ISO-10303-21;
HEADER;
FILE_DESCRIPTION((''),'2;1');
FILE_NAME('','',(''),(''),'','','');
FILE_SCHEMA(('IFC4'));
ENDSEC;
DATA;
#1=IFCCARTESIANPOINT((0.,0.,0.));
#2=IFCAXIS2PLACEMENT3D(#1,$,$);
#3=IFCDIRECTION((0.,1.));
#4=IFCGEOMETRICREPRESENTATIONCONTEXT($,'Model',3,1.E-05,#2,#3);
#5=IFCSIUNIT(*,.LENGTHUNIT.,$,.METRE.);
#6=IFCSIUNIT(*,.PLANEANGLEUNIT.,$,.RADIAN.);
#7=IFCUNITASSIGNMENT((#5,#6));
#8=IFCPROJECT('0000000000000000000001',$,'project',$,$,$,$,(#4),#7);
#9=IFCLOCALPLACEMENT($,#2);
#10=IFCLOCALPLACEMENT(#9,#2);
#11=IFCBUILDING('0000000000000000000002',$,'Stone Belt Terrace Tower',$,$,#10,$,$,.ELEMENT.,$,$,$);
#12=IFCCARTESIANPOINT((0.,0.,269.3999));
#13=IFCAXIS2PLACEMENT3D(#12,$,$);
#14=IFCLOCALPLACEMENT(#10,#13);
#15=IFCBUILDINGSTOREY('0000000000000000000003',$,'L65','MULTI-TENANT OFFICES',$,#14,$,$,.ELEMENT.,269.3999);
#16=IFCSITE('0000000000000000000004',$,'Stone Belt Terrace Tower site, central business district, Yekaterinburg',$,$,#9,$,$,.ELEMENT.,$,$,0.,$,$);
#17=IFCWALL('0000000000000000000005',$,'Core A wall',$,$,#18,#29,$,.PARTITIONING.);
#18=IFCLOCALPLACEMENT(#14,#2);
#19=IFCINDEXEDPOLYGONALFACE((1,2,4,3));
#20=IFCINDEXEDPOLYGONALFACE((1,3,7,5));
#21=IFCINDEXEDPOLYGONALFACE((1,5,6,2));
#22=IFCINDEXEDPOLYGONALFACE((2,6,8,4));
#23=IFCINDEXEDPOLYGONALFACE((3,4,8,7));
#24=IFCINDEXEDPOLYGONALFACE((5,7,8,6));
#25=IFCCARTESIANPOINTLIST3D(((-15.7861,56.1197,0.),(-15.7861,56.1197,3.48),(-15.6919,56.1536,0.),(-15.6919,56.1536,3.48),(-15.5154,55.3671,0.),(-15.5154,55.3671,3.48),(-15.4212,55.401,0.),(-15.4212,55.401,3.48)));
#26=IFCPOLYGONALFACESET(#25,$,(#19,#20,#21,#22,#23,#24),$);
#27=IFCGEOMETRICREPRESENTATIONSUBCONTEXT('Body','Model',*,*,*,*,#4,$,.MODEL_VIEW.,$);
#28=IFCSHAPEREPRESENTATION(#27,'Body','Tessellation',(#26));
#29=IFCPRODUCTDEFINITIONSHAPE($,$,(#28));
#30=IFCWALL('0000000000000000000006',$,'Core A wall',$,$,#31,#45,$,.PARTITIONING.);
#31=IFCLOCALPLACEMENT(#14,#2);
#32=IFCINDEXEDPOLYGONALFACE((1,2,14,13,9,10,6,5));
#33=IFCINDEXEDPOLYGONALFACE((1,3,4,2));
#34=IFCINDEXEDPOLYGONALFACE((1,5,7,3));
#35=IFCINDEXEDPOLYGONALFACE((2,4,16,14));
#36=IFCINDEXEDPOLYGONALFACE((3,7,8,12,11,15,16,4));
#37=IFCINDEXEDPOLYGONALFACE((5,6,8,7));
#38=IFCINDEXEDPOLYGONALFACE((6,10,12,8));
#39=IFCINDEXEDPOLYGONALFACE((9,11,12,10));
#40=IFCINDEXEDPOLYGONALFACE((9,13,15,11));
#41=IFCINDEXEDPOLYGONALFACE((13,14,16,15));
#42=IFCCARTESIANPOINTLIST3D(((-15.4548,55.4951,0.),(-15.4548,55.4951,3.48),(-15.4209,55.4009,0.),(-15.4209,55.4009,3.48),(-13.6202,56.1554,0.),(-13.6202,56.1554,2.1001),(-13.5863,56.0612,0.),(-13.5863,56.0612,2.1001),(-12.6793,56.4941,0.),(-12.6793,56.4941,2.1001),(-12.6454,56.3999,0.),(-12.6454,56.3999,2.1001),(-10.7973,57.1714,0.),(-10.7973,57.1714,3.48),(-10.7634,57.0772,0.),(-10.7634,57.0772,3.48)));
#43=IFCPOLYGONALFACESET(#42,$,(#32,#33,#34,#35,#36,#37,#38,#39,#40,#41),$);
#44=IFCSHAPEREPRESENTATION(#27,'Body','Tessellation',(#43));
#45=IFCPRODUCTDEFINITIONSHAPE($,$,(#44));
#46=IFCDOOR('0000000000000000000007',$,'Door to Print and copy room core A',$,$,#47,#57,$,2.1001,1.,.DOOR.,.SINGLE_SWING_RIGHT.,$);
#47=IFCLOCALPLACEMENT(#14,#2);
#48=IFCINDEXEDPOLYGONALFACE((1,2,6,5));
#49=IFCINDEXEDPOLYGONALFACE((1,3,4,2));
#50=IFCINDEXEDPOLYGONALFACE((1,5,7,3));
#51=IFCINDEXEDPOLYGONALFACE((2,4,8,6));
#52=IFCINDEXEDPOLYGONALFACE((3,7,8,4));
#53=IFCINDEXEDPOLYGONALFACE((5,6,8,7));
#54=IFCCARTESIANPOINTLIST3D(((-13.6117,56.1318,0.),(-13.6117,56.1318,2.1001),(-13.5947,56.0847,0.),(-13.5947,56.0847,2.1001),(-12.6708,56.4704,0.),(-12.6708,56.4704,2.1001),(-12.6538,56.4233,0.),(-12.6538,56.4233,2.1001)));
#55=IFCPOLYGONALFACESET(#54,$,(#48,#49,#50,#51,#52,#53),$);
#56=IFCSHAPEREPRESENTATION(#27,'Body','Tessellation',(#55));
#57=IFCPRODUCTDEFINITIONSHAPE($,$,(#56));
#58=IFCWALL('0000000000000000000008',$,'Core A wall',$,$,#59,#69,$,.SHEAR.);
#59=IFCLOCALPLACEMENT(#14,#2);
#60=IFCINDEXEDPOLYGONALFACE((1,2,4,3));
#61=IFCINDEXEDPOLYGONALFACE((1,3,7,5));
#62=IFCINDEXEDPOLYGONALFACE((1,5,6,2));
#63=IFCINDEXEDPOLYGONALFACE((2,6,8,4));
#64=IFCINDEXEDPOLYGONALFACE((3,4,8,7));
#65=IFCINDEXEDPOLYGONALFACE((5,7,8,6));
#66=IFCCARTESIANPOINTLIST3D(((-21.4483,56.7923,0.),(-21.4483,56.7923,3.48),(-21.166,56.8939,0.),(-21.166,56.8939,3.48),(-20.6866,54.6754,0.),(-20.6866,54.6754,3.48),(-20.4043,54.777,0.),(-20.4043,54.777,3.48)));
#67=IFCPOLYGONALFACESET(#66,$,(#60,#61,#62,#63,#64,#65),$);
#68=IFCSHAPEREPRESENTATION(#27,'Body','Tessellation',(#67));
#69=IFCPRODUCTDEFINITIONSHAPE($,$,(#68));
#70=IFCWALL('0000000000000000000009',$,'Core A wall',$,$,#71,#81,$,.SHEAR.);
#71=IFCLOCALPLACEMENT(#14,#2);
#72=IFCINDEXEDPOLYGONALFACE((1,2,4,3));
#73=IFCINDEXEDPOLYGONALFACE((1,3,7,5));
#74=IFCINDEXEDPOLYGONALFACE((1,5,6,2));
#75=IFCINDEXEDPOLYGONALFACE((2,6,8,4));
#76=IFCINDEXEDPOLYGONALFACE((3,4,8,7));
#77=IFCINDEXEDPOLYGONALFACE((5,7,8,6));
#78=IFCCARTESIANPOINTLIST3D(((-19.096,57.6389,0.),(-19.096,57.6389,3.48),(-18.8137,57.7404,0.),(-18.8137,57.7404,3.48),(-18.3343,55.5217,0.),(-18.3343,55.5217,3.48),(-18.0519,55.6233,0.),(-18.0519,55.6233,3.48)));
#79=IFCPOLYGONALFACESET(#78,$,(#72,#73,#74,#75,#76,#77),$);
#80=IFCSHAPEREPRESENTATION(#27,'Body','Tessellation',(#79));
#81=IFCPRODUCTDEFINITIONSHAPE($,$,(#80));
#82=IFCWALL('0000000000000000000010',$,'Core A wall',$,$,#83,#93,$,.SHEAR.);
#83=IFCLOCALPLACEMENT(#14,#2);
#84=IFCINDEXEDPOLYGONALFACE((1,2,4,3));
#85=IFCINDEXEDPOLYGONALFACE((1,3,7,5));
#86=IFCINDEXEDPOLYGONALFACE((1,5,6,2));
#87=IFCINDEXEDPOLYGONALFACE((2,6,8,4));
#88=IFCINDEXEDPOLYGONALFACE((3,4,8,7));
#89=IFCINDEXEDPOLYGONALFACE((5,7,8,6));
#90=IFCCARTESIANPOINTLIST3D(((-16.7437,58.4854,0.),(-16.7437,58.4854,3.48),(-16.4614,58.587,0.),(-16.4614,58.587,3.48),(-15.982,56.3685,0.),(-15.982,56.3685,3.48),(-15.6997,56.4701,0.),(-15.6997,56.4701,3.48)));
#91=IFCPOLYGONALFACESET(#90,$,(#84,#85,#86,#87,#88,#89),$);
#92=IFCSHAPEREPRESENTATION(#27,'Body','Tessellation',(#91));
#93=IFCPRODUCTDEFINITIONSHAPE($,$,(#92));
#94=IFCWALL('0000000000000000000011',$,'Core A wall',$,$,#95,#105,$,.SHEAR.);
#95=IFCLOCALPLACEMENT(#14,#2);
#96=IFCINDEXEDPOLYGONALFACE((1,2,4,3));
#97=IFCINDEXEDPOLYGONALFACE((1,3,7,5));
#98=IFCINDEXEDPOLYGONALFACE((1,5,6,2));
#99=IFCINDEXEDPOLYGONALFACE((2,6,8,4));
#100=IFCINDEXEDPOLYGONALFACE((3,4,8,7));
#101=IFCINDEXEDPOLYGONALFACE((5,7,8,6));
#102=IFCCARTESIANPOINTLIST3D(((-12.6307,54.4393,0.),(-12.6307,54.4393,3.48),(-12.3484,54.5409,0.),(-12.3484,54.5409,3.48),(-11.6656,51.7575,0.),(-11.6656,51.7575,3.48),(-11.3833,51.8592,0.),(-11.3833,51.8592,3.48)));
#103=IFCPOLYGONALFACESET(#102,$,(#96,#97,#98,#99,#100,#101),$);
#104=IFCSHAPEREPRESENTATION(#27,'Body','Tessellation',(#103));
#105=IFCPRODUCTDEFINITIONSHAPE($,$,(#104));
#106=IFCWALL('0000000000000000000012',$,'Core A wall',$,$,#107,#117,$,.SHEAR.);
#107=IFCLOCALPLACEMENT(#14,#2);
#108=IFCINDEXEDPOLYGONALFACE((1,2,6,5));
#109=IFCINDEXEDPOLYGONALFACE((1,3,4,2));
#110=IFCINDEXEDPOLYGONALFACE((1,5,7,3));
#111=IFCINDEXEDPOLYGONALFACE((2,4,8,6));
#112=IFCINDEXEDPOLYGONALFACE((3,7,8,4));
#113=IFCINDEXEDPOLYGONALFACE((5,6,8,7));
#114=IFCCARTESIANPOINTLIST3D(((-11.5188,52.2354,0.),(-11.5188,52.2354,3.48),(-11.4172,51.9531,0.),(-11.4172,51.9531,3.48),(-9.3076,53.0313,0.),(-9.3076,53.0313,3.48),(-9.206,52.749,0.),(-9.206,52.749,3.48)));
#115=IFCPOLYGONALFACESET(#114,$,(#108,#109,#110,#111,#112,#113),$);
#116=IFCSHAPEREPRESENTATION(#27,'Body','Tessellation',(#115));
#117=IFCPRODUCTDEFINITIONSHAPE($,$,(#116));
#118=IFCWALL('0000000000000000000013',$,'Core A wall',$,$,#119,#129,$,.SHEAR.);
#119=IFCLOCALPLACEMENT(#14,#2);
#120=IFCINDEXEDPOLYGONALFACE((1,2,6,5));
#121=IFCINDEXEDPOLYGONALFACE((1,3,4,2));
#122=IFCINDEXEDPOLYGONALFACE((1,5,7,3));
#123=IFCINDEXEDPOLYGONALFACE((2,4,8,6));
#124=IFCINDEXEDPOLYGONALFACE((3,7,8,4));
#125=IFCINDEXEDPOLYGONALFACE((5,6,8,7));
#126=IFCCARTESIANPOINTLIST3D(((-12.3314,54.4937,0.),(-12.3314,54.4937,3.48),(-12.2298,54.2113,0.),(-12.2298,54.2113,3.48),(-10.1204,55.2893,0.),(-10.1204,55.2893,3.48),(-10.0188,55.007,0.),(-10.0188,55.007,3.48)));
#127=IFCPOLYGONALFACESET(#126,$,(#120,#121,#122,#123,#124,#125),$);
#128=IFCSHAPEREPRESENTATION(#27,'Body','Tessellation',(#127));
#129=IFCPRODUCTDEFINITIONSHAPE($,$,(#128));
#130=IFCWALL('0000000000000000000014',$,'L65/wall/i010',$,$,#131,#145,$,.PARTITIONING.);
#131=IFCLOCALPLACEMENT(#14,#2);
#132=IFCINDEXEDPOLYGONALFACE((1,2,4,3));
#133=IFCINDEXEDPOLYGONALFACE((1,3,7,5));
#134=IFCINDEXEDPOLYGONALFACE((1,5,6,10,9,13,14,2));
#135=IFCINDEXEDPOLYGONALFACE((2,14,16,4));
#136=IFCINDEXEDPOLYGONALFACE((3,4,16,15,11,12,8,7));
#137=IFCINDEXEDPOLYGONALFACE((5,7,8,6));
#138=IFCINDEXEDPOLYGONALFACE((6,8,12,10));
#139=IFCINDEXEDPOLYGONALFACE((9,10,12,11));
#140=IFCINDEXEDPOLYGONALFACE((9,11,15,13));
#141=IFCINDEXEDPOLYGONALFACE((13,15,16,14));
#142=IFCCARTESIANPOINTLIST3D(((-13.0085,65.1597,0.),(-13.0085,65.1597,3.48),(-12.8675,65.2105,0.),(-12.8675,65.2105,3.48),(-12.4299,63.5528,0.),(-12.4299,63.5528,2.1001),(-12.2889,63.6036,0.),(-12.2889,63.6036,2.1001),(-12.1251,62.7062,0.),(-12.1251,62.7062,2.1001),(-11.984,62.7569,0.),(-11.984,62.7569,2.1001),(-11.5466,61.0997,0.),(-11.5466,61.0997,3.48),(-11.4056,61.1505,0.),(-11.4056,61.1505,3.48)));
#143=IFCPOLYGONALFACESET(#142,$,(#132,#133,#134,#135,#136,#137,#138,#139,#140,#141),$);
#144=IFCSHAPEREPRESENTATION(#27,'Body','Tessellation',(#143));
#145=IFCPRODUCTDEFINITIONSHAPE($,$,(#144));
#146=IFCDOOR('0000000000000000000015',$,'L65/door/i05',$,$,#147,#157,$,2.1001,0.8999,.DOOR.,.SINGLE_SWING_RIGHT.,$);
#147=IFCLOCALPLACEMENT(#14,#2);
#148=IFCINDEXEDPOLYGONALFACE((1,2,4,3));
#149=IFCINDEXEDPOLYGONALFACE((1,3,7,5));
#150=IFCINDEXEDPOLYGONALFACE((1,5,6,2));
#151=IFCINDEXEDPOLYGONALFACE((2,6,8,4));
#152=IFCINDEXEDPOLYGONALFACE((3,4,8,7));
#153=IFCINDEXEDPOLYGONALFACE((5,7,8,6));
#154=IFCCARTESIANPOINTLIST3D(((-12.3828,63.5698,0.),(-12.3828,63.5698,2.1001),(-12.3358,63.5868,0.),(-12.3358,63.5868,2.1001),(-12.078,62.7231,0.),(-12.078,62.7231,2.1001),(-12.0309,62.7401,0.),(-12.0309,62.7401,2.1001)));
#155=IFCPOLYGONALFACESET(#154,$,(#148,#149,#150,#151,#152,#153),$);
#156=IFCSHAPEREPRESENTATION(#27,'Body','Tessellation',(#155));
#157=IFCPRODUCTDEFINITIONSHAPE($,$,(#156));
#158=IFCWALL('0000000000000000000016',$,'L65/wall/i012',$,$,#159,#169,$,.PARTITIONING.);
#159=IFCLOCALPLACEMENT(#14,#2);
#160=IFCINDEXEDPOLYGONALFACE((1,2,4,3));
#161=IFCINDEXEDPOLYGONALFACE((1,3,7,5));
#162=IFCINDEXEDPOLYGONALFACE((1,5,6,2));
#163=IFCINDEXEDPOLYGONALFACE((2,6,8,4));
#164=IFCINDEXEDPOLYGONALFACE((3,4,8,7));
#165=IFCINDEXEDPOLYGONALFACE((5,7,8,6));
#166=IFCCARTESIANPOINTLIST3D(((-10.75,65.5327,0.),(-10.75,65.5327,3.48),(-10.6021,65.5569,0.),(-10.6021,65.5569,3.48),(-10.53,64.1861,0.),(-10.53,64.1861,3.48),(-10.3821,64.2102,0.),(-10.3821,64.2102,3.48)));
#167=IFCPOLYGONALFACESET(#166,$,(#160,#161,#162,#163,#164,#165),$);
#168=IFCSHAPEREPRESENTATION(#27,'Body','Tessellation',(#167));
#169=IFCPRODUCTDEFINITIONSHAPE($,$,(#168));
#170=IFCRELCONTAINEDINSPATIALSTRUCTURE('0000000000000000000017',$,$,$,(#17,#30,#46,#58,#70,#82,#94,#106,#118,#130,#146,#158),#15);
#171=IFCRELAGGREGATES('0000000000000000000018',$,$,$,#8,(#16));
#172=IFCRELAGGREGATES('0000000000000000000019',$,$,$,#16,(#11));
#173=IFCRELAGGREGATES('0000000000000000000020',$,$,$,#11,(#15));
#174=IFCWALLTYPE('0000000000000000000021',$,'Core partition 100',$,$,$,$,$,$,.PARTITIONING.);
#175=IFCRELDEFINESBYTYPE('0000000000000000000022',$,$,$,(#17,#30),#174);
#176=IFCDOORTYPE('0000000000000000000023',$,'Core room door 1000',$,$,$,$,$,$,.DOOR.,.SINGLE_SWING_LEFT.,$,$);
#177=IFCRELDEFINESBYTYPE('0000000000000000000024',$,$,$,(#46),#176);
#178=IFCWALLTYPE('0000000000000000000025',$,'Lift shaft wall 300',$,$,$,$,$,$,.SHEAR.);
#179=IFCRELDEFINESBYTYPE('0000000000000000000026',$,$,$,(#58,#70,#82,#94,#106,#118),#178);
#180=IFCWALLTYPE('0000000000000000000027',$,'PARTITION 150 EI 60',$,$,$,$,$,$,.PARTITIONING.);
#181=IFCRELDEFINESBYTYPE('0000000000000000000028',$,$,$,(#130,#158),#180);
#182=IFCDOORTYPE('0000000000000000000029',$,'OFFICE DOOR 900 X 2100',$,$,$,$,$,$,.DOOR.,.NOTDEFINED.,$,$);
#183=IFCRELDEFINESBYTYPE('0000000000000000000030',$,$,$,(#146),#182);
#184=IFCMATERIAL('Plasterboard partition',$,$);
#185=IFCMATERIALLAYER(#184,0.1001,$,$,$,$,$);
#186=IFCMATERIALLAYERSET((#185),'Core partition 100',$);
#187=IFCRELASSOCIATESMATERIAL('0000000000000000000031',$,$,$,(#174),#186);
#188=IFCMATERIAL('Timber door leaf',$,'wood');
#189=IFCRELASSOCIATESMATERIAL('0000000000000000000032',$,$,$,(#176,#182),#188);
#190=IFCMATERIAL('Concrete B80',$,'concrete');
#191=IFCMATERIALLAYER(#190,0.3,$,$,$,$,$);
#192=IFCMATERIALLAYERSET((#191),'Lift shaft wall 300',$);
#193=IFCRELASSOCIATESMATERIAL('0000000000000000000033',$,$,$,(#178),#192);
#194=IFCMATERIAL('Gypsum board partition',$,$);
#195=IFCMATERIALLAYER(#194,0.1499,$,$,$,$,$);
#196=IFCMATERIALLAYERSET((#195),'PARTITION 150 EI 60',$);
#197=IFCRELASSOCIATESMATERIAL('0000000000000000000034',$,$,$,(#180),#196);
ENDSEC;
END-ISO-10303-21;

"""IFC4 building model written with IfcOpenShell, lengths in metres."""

from ifc_helpers import new_model, si_unit, direction, frame, frame_2d, origin, place, context, subcontext, project, spatial, rectangle, extrude, material, layer, layer_set, type_object, element, fill, save


model = new_model("IFC4")

# Units and contexts
model_context = context("Model", 3, precision=1e-05, world=origin(), true_north=direction((0.0, 1.0)))
body_context = subcontext(model_context, "Body", "Model", "MODEL_VIEW")
ifc_project = project(units=[si_unit("LENGTHUNIT", "METRE"), si_unit("PLANEANGLEUNIT", "RADIAN")], contexts=[model_context])

# Site, building, storey
site_placement = place(None, origin())
site = spatial("IfcSite", under=ifc_project, at=site_placement, Name="Stone Belt Terrace Tower site, central business district, Yekaterinburg", CompositionType="ELEMENT", RefElevation=0.0)
building_placement = place(site_placement, origin())
building = spatial("IfcBuilding", under=site, at=building_placement, Name="Stone Belt Terrace Tower", CompositionType="ELEMENT")
storey_placement = place(building_placement, frame((0.0, 0.0, 269.3999)))
storey = spatial("IfcBuildingStorey", under=building, at=storey_placement, Name="L65", Description="MULTI-TENANT OFFICES", CompositionType="ELEMENT", Elevation=269.3999)

# Shared definitions
ifc_material_1 = material(Name="Plasterboard partition")
ifc_layer_1 = layer(ifc_material_1, 0.1001)
ifc_layer_set_1 = layer_set([ifc_layer_1], Name="Core partition 100")
wall_type_1 = type_object("IfcWallType", Name="Core partition 100", PredefinedType="PARTITIONING", material=ifc_layer_set_1)
ifc_material_2 = material(Name="Timber door leaf", Category="wood")
door_type_1 = type_object("IfcDoorType", Name="Core room door 1000", OperationType="SINGLE_SWING_LEFT", PredefinedType="DOOR", material=ifc_material_2)

# Wall
wall_1_placement = place(storey_placement, frame((-15.4683, 55.384, 0.0), z_axis=(0.0, 0.0, 1.0), x_axis=(-0.338482, 0.940973, 0.0)))
element("IfcWall", 1, at=wall_1_placement, inside=storey, type_object=wall_type_1, Name="Core A wall", PredefinedType="PARTITIONING", context=body_context, shape_type="SweptSolid", body=[
    extrude(rectangle(XDim=0.7998, YDim=0.1001, at=frame_2d((0.3999, 0.0))), origin(), (0.0, 0.0, 1.0), 3.48),
])

# Wall, opening, door
wall_2_placement = place(storey_placement, frame((-15.438, 55.448, 0.0), z_axis=(0.0, 0.0, 1.0), x_axis=(0.940914, 0.338644, 0.0)))
wall_2 = element("IfcWall", 2, at=wall_2_placement, inside=storey, type_object=wall_type_1, Name="Core A wall", PredefinedType="PARTITIONING", context=body_context, shape_type="SweptSolid", body=[
    extrude(rectangle(XDim=4.95, YDim=0.1001, at=frame_2d((2.4751, 0.0))), origin(), (0.0, 0.0, 1.0), 3.48),
])
opening_1_placement = place(wall_2_placement, frame((1.95, 0.0, 0.0)))
opening_1 = element("IfcOpeningElement", 3, at=opening_1_placement, cuts=wall_2, PredefinedType="OPENING", context=body_context, shape_type="SweptSolid", body=[
    extrude(rectangle(XDim=1.0, YDim=2.1001, at=frame_2d((0.5, 1.05))), frame((0.0, 0.0601, 0.0), z_axis=(0.0, -1.0, 0.0), x_axis=(1.0, 0.0, 0.0)), (0.0, 0.0, 1.0), 0.1201),
])
door_1_placement = place(opening_1_placement, origin())
door_1 = element("IfcDoor", 4, at=door_1_placement, inside=storey, type_object=door_type_1, Name="Door to Print and copy room core A", OperationType="SINGLE_SWING_RIGHT", OverallHeight=2.1001, OverallWidth=1.0, PredefinedType="DOOR", context=body_context, shape_type="SweptSolid", body=[
    extrude(rectangle(XDim=1.0, YDim=2.1001, at=frame_2d((0.5, 1.05))), frame((0.0, 0.0249, 0.0), z_axis=(0.0, -1.0, 0.0), x_axis=(1.0, 0.0, 0.0)), (0.0, 0.0, 1.0), 0.05),
])
fill(opening_1, door_1)

# Walls
ifc_material_3 = material(Name="Concrete B80", Category="concrete")
ifc_layer_2 = layer(ifc_material_3, 0.3)
ifc_layer_set_2 = layer_set([ifc_layer_2], Name="Lift shaft wall 300")
wall_type_2 = type_object("IfcWallType", Name="Lift shaft wall 300", PredefinedType="SHEAR", material=ifc_layer_set_2)
wall_3_placement = place(storey_placement, frame((-20.5454, 54.7261, 0.0), z_axis=(0.0, 0.0, 1.0), x_axis=(-0.33857, 0.940941, 0.0)))
element("IfcWall", 5, at=wall_3_placement, inside=storey, type_object=wall_type_2, Name="Core A wall", PredefinedType="SHEAR", context=body_context, shape_type="SweptSolid", body=[
    extrude(rectangle(XDim=2.2498, YDim=0.3, at=frame_2d((1.125, 0.0))), origin(), (0.0, 0.0, 1.0), 3.48),
])
wall_4_placement = place(storey_placement, frame((-18.1931, 55.5725, 0.0), z_axis=(0.0, 0.0, 1.0), x_axis=(-0.338535, 0.940954, 0.0)))
element("IfcWall", 6, at=wall_4_placement, inside=storey, type_object=wall_type_2, Name="Core A wall", PredefinedType="SHEAR", context=body_context, shape_type="SweptSolid", body=[
    extrude(rectangle(XDim=2.25, YDim=0.3, at=frame_2d((1.125, 0.0))), origin(), (0.0, 0.0, 1.0), 3.48),
])
wall_5_placement = place(storey_placement, frame((-15.8408, 56.4192, 0.0), z_axis=(0.0, 0.0, 1.0), x_axis=(-0.33857, 0.940941, 0.0)))
element("IfcWall", 7, at=wall_5_placement, inside=storey, type_object=wall_type_2, Name="Core A wall", PredefinedType="SHEAR", context=body_context, shape_type="SweptSolid", body=[
    extrude(rectangle(XDim=2.2498, YDim=0.3, at=frame_2d((1.125, 0.0))), origin(), (0.0, 0.0, 1.0), 3.48),
])
wall_6_placement = place(storey_placement, frame((-11.5244, 51.8083, 0.0), z_axis=(0.0, 0.0, 1.0), x_axis=(-0.338625, 0.940921, 0.0)))
element("IfcWall", 8, at=wall_6_placement, inside=storey, type_object=wall_type_2, Name="Core A wall", PredefinedType="SHEAR", context=body_context, shape_type="SweptSolid", body=[
    extrude(rectangle(XDim=2.8501, YDim=0.3, at=frame_2d((1.425, 0.0))), origin(), (0.0, 0.0, 1.0), 3.48),
])
wall_7_placement = place(storey_placement, frame((-11.468, 52.0942, 0.0), z_axis=(0.0, 0.0, 1.0), x_axis=(0.940905, 0.338672, 0.0)))
element("IfcWall", 9, at=wall_7_placement, inside=storey, type_object=wall_type_2, Name="Core A wall", PredefinedType="SHEAR", context=body_context, shape_type="SweptSolid", body=[
    extrude(rectangle(XDim=2.3501, YDim=0.3, at=frame_2d((1.175, 0.0))), origin(), (0.0, 0.0, 1.0), 3.48),
])
wall_8_placement = place(storey_placement, frame((-12.2805, 54.3525, 0.0), z_axis=(0.0, 0.0, 1.0), x_axis=(0.940926, 0.338613, 0.0)))
element("IfcWall", 10, at=wall_8_placement, inside=storey, type_object=wall_type_2, Name="Core A wall", PredefinedType="SHEAR", context=body_context, shape_type="SweptSolid", body=[
    extrude(rectangle(XDim=2.3499, YDim=0.3, at=frame_2d((1.1748, 0.0))), origin(), (0.0, 0.0, 1.0), 3.48),
])

# Wall, opening, door
ifc_material_4 = material(Name="Gypsum board partition")
ifc_layer_3 = layer(ifc_material_4, 0.1499)
ifc_layer_set_3 = layer_set([ifc_layer_3], Name="PARTITION 150 EI 60")
wall_type_3 = type_object("IfcWallType", Name="PARTITION 150 EI 60", PredefinedType="PARTITIONING", material=ifc_layer_set_3)
wall_9_placement = place(storey_placement, frame((-11.4761, 61.125, 0.0), z_axis=(0.0, 0.0, 1.0), x_axis=(-0.33878, 0.940866, 0.0)))
wall_9 = element("IfcWall", 11, at=wall_9_placement, inside=storey, type_object=wall_type_3, Name="L65/wall/i010", PredefinedType="PARTITIONING", context=body_context, shape_type="SweptSolid", body=[
    extrude(rectangle(XDim=4.3152, YDim=0.1499, at=frame_2d((2.1577, 0.0))), origin(), (0.0, 0.0, 1.0), 3.48),
])
opening_2_placement = place(wall_9_placement, frame((1.7075, 0.0, 0.0)))
opening_2 = element("IfcOpeningElement", 12, at=opening_2_placement, cuts=wall_9, PredefinedType="OPENING", context=body_context, shape_type="SweptSolid", body=[
    extrude(rectangle(XDim=0.8999, YDim=2.1001, at=frame_2d((0.45, 1.05))), frame((0.0, 0.085, 0.0), z_axis=(0.0, -1.0, 0.0), x_axis=(1.0, 0.0, 0.0)), (0.0, 0.0, 1.0), 0.1699),
])
door_type_2 = type_object("IfcDoorType", Name="OFFICE DOOR 900 X 2100", OperationType="NOTDEFINED", PredefinedType="DOOR", material=ifc_material_2)
door_2_placement = place(opening_2_placement, origin())
door_2 = element("IfcDoor", 13, at=door_2_placement, inside=storey, type_object=door_type_2, Name="L65/door/i05", OperationType="SINGLE_SWING_RIGHT", OverallHeight=2.1001, OverallWidth=0.8999, PredefinedType="DOOR", context=body_context, shape_type="SweptSolid", body=[
    extrude(rectangle(XDim=0.8999, YDim=2.1001, at=frame_2d((0.45, 1.05))), frame((0.0, 0.0249, 0.0), z_axis=(0.0, -1.0, 0.0), x_axis=(1.0, 0.0, 0.0)), (0.0, 0.0, 1.0), 0.05),
])
fill(opening_2, door_2)

# Wall
wall_10_placement = place(storey_placement, frame((-10.676, 65.5447, 0.0), z_axis=(0.0, 0.0, 1.0), x_axis=(0.161207, -0.986921, 0.0)))
element("IfcWall", 14, at=wall_10_placement, inside=storey, type_object=wall_type_3, Name="L65/wall/i012", PredefinedType="PARTITIONING", context=body_context, shape_type="SweptSolid", body=[
    extrude(rectangle(XDim=1.3645, YDim=0.1499, at=frame_2d((0.6821, 0.0))), origin(), (0.0, 0.0, 1.0), 3.48),
])

save(model, "model.ifc")
